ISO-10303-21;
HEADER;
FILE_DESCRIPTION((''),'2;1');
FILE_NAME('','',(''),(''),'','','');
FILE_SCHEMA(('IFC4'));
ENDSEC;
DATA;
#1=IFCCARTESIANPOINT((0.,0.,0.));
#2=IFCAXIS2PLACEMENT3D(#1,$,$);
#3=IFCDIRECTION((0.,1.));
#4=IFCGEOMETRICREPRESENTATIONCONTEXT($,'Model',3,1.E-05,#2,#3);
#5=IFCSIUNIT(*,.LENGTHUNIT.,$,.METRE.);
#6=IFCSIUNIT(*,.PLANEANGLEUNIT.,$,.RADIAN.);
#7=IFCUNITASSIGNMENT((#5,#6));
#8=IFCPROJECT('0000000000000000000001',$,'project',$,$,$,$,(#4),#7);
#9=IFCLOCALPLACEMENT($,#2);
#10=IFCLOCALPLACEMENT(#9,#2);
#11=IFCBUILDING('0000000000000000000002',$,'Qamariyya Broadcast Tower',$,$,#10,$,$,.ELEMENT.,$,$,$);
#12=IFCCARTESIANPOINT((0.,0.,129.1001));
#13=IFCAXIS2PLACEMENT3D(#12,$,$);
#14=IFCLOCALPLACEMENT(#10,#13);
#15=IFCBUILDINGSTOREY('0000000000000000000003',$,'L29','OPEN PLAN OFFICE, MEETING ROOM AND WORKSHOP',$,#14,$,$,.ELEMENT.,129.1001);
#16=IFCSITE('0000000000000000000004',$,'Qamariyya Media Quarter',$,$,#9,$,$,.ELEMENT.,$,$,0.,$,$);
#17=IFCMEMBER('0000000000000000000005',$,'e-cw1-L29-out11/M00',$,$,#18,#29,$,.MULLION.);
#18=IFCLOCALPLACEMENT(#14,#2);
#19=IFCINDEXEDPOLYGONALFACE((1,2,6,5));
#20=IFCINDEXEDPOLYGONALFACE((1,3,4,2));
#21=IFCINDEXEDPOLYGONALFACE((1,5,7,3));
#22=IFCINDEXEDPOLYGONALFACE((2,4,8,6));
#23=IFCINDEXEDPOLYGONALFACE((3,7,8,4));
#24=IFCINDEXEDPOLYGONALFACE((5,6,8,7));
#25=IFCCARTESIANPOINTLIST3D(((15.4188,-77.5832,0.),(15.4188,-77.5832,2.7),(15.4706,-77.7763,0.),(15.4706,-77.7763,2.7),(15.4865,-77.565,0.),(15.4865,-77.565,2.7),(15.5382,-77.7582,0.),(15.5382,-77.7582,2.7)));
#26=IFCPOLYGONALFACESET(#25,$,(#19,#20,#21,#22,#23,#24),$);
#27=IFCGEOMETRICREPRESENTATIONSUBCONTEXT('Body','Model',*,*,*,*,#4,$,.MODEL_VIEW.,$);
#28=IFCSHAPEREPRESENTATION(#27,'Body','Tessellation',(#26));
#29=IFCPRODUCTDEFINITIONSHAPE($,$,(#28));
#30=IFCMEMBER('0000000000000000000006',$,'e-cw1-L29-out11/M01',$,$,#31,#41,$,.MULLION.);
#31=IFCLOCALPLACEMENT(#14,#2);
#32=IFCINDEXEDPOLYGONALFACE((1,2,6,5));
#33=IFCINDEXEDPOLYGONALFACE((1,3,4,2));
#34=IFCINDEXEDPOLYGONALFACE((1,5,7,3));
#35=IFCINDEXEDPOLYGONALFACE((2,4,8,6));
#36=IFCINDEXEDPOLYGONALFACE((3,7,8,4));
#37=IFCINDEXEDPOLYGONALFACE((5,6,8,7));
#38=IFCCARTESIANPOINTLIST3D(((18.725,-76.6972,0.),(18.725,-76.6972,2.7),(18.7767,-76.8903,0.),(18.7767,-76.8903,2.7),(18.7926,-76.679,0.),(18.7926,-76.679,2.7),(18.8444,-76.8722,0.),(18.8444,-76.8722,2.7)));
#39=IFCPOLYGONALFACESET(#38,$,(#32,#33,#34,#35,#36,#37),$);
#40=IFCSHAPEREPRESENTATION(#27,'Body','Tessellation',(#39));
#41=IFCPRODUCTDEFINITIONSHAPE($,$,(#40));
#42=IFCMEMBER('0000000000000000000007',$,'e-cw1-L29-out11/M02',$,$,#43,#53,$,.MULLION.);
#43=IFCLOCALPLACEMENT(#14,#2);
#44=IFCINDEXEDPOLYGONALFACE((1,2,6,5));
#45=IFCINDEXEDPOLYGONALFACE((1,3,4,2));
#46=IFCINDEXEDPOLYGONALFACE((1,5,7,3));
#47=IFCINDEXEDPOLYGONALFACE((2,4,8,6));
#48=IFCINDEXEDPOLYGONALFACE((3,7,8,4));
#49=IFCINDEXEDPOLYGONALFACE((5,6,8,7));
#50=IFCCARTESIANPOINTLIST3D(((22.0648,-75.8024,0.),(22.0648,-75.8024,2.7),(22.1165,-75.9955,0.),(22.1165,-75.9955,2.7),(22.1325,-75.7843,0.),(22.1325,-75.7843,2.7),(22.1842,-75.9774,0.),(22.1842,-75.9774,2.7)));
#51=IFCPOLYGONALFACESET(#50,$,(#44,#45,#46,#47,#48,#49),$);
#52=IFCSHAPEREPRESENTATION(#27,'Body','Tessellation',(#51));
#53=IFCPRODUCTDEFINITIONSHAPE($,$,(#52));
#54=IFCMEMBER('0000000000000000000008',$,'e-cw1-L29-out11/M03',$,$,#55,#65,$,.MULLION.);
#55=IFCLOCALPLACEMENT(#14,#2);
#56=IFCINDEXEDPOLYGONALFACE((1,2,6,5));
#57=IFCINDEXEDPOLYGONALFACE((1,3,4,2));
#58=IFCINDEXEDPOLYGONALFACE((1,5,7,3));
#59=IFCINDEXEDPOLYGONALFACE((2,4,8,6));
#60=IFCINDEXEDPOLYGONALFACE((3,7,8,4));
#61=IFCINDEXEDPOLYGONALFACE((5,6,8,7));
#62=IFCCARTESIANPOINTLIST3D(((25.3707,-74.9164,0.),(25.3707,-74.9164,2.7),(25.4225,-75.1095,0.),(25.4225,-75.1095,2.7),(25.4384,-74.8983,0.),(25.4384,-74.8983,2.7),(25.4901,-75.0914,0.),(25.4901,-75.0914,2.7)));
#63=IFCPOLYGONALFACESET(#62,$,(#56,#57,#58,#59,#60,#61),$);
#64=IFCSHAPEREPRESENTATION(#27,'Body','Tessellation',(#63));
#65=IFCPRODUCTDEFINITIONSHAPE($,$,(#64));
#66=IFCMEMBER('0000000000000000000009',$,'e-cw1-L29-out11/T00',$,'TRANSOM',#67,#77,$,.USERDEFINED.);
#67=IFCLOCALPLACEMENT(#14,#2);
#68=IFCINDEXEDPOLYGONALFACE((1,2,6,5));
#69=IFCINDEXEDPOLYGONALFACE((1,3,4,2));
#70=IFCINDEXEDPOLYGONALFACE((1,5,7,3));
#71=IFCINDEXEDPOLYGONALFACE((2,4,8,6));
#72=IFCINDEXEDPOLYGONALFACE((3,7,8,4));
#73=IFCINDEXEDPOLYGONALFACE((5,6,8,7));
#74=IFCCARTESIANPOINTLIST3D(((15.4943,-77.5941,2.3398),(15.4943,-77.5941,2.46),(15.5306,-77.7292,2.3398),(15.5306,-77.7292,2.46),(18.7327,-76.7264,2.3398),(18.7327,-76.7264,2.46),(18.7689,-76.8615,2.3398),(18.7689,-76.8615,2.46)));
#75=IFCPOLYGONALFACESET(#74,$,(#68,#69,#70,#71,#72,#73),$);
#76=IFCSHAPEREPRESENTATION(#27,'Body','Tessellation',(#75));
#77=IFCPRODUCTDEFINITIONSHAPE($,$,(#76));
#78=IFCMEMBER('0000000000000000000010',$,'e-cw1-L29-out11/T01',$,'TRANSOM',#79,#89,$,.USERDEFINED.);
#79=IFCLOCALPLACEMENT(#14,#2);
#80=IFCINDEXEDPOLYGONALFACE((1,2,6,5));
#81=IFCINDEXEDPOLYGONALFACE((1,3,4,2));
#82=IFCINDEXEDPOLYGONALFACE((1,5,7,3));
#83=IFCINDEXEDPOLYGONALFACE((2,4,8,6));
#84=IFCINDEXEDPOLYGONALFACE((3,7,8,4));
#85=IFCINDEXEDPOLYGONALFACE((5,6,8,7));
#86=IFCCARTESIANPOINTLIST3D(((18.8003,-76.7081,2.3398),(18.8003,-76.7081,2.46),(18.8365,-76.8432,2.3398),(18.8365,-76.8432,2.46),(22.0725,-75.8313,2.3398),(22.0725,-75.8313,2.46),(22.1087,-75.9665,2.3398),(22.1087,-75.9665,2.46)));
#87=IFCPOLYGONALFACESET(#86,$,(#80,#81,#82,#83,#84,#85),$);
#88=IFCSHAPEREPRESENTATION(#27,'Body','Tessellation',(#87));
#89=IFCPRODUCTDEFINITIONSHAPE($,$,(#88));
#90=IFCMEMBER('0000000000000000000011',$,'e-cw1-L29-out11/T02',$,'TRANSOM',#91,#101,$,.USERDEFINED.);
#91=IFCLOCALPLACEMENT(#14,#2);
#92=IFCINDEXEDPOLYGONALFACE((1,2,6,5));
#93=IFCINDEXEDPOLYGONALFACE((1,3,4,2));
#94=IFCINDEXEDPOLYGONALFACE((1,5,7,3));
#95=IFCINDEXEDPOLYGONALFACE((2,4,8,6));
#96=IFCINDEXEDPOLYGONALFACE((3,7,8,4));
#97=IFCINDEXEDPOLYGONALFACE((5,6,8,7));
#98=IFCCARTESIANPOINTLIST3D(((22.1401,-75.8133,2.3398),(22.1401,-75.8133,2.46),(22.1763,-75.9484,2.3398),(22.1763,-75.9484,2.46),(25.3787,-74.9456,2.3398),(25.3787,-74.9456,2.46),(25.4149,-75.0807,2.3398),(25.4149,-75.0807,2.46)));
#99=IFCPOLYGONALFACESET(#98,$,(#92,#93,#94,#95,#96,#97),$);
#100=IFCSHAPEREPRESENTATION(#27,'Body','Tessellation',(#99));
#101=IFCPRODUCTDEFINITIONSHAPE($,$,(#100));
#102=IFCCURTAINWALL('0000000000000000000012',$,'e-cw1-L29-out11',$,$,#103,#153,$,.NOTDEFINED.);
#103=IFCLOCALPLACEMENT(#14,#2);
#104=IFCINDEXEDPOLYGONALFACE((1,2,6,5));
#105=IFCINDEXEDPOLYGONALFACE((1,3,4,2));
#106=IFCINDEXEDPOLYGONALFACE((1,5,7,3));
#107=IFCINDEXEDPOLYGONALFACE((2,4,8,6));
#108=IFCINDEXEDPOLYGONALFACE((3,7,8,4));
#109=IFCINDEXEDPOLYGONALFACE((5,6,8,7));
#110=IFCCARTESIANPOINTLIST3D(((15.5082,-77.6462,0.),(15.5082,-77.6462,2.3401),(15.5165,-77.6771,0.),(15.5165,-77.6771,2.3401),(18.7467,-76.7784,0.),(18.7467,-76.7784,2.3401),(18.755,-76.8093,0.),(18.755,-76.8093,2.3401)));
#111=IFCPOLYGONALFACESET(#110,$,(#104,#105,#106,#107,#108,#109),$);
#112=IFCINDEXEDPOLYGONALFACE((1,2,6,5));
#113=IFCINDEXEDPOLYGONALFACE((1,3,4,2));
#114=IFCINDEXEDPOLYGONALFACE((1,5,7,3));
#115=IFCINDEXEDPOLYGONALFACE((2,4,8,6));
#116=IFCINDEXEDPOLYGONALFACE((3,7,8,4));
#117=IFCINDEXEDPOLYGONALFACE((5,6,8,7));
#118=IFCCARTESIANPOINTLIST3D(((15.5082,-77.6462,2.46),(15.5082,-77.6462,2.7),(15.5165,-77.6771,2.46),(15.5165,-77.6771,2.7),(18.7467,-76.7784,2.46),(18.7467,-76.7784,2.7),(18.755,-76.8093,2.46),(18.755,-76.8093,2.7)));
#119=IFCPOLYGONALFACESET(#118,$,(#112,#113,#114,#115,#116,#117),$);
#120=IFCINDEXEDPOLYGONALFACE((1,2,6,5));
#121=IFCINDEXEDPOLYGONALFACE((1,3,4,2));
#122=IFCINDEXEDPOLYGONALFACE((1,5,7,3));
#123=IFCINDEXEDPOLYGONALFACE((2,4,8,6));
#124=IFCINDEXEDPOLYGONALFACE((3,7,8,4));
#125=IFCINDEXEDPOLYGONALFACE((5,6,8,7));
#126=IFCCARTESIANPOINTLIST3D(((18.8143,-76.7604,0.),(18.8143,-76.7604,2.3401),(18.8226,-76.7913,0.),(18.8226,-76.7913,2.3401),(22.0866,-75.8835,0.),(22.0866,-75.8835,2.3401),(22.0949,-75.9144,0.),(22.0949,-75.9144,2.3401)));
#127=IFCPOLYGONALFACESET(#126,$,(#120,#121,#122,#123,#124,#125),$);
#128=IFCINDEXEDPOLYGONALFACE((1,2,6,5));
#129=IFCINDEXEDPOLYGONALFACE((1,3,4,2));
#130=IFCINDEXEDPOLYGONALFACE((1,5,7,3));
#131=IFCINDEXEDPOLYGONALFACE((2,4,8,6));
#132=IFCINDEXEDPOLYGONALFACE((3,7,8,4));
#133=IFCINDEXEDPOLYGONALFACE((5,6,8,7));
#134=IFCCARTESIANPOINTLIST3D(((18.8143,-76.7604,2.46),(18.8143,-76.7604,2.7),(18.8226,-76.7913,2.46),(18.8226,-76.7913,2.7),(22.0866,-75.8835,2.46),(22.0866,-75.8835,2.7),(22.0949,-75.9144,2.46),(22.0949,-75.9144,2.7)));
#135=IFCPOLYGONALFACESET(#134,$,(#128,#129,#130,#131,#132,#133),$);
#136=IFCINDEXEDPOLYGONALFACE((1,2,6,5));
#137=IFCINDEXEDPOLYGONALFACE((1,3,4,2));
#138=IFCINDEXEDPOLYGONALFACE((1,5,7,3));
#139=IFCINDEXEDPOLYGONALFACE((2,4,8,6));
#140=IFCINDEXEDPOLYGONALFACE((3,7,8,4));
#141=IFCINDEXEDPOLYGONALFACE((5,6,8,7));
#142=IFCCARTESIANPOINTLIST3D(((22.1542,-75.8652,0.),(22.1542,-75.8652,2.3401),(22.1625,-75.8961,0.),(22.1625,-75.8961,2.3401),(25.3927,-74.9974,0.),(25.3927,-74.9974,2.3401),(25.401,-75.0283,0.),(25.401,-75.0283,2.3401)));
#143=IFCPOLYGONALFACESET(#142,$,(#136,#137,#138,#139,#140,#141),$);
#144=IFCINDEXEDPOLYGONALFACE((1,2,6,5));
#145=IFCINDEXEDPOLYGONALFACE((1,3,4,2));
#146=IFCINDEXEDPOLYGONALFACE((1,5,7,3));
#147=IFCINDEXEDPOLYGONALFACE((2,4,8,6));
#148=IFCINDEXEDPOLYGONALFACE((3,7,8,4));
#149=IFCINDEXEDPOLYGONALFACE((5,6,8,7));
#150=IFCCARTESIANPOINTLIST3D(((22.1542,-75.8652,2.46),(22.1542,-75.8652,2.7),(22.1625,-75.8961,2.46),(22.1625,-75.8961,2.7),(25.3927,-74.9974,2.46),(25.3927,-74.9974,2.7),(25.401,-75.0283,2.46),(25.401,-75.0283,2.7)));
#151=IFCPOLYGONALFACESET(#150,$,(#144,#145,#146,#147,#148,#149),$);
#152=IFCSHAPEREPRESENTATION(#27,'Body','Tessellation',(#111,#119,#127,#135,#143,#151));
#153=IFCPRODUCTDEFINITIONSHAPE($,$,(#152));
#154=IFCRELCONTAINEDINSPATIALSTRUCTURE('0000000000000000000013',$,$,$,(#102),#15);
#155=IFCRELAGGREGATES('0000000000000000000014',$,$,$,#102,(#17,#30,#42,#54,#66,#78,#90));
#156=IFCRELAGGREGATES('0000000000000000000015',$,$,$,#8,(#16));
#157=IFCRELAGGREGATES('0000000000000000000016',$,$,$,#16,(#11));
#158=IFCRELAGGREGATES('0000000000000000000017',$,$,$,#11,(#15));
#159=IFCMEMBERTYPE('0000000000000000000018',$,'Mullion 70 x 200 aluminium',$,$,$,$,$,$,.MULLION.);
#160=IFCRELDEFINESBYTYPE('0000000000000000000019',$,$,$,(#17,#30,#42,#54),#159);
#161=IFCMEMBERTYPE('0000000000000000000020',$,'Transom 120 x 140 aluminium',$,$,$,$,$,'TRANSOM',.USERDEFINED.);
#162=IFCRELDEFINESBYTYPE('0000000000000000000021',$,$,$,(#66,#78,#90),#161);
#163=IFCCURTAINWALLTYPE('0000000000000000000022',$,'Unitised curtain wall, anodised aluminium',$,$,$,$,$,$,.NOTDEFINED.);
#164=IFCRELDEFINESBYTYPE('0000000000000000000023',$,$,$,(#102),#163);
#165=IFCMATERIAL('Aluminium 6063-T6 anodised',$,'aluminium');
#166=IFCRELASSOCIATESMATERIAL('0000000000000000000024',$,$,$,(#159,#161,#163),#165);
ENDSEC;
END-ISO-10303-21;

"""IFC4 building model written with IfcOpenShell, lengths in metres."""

from ifc_helpers import new_model, si_unit, direction, frame, origin, origin_2d, place, context, subcontext, project, spatial, rectangle, extrude, material, material_profile, profile_set, type_object, element, aggregate, save


model = new_model("IFC4")

# Units and contexts
model_context = context("Model", 3, precision=1e-05, world=origin(), true_north=direction((0.0, 1.0)))
body_context = subcontext(model_context, "Body", "Model", "MODEL_VIEW")
ifc_project = project(units=[si_unit("LENGTHUNIT", "METRE"), si_unit("PLANEANGLEUNIT", "RADIAN")], contexts=[model_context])

# Members
ifc_material = material(Name="Aluminium 6063-T6 anodised", Category="aluminium")
ifc_material_profile_1 = material_profile(ifc_material, rectangle(XDim=0.2, YDim=0.0701, at=origin_2d()))
ifc_profile_set_1 = profile_set([ifc_material_profile_1], Name="Aluminium 6063-T6 anodised")
member_type_1 = type_object("IfcMemberType", Name="Mullion 70 x 200 aluminium", PredefinedType="MULLION", material=ifc_profile_set_1)
site_placement = place(None, origin())
building_placement = place(site_placement, origin())
storey_placement = place(building_placement, frame((0.0, 0.0, 129.1001)))
member_1_placement = place(storey_placement, frame((15.4785, -77.6707, 0.0), z_axis=(0.0, 0.0, 1.0), x_axis=(-0.258819, 0.965926, 0.0)))
member_1 = element("IfcMember", 1, at=member_1_placement, type_object=member_type_1, Name="e-cw1-L29-out11/M00", PredefinedType="MULLION", context=body_context, shape_type="SweptSolid", body=[
    extrude(rectangle(XDim=0.2, YDim=0.0701, at=origin_2d()), origin(), (0.0, 0.0, 1.0), 2.7),
])
member_2_placement = place(storey_placement, frame((18.7847, -76.7847, 0.0), z_axis=(0.0, 0.0, 1.0), x_axis=(-0.258819, 0.965926, 0.0)))
member_2 = element("IfcMember", 2, at=member_2_placement, type_object=member_type_1, Name="e-cw1-L29-out11/M01", PredefinedType="MULLION", context=body_context, shape_type="SweptSolid", body=[
    extrude(rectangle(XDim=0.2, YDim=0.0701, at=origin_2d()), origin(), (0.0, 0.0, 1.0), 2.7),
])
member_3_placement = place(storey_placement, frame((22.1245, -75.8899, 0.0), z_axis=(0.0, 0.0, 1.0), x_axis=(-0.258819, 0.965926, 0.0)))
member_3 = element("IfcMember", 3, at=member_3_placement, type_object=member_type_1, Name="e-cw1-L29-out11/M02", PredefinedType="MULLION", context=body_context, shape_type="SweptSolid", body=[
    extrude(rectangle(XDim=0.2, YDim=0.0701, at=origin_2d()), origin(), (0.0, 0.0, 1.0), 2.7),
])
member_4_placement = place(storey_placement, frame((25.4304, -75.0039, 0.0), z_axis=(0.0, 0.0, 1.0), x_axis=(-0.258819, 0.965926, 0.0)))
member_4 = element("IfcMember", 4, at=member_4_placement, type_object=member_type_1, Name="e-cw1-L29-out11/M03", PredefinedType="MULLION", context=body_context, shape_type="SweptSolid", body=[
    extrude(rectangle(XDim=0.2, YDim=0.0701, at=origin_2d()), origin(), (0.0, 0.0, 1.0), 2.7),
])
ifc_material_profile_2 = material_profile(ifc_material, rectangle(XDim=0.1399, YDim=0.1201, at=origin_2d()))
ifc_profile_set_2 = profile_set([ifc_material_profile_2], Name="Aluminium 6063-T6 anodised")
member_type_2 = type_object("IfcMemberType", Name="Transom 120 x 140 aluminium", ElementType="TRANSOM", PredefinedType="USERDEFINED", material=ifc_profile_set_2)
member_5_placement = place(storey_placement, frame((15.5125, -77.6616, 2.3999), z_axis=(0.965927, 0.258814, 0.0), x_axis=(-0.258814, 0.965927, 0.0)))
member_5 = element("IfcMember", 5, at=member_5_placement, type_object=member_type_2, Name="e-cw1-L29-out11/T00", ObjectType="TRANSOM", PredefinedType="USERDEFINED", context=body_context, shape_type="SweptSolid", body=[
    extrude(rectangle(XDim=0.1399, YDim=0.1201, at=origin_2d()), origin(), (0.0, 0.0, 1.0), 3.3525),
])
member_6_placement = place(storey_placement, frame((18.8184, -76.7756, 2.3999), z_axis=(0.965932, 0.258797, 0.0), x_axis=(-0.258797, 0.965932, 0.0)))
member_6 = element("IfcMember", 6, at=member_6_placement, type_object=member_type_2, Name="e-cw1-L29-out11/T01", ObjectType="TRANSOM", PredefinedType="USERDEFINED", context=body_context, shape_type="SweptSolid", body=[
    extrude(rectangle(XDim=0.1399, YDim=0.1201, at=origin_2d()), origin(), (0.0, 0.0, 1.0), 3.3877),
])
member_7_placement = place(storey_placement, frame((22.1582, -75.8809, 2.3999), z_axis=(0.965932, 0.258796, 0.0), x_axis=(-0.258796, 0.965932, 0.0)))
member_7 = element("IfcMember", 7, at=member_7_placement, type_object=member_type_2, Name="e-cw1-L29-out11/T02", ObjectType="TRANSOM", PredefinedType="USERDEFINED", context=body_context, shape_type="SweptSolid", body=[
    extrude(rectangle(XDim=0.1399, YDim=0.1201, at=origin_2d()), origin(), (0.0, 0.0, 1.0), 3.3528),
])

# Site, building, storey
site = spatial("IfcSite", under=ifc_project, at=site_placement, Name="Qamariyya Media Quarter", CompositionType="ELEMENT", RefElevation=0.0)
building = spatial("IfcBuilding", under=site, at=building_placement, Name="Qamariyya Broadcast Tower", CompositionType="ELEMENT")
storey = spatial("IfcBuildingStorey", under=building, at=storey_placement, Name="L29", Description="OPEN PLAN OFFICE, MEETING ROOM AND WORKSHOP", CompositionType="ELEMENT", Elevation=129.1001)

# Curtain wall
curtain_wall_type = type_object("IfcCurtainWallType", Name="Unitised curtain wall, anodised aluminium", PredefinedType="NOTDEFINED", material=ifc_material)
curtain_wall_1_placement = place(storey_placement, origin())
curtain_wall_1 = element("IfcCurtainWall", 8, at=curtain_wall_1_placement, inside=storey, type_object=curtain_wall_type, Name="e-cw1-L29-out11", PredefinedType="NOTDEFINED", context=body_context, shape_type="SweptSolid", body=[
    extrude(rectangle(XDim=3.3528, YDim=0.032, at=origin_2d()), frame((17.1316, -77.2278, 0.0), x_axis=(0.965924, 0.258827, 0.0)), (0.0, 0.0, 1.0), 2.3401),
    extrude(rectangle(XDim=3.3528, YDim=0.032, at=origin_2d()), frame((17.1316, -77.2278, 2.46), x_axis=(0.965924, 0.258827, 0.0)), (0.0, 0.0, 1.0), 0.24),
    extrude(rectangle(XDim=3.3877, YDim=0.032, at=origin_2d()), frame((20.4546, -76.3374, 0.0), x_axis=(0.965924, 0.258827, 0.0)), (0.0, 0.0, 1.0), 2.3401),
    extrude(rectangle(XDim=3.3877, YDim=0.032, at=origin_2d()), frame((20.4546, -76.3374, 2.46), x_axis=(0.965924, 0.258827, 0.0)), (0.0, 0.0, 1.0), 0.24),
    extrude(rectangle(XDim=3.3528, YDim=0.032, at=origin_2d()), frame((23.7776, -75.4468, 0.0), x_axis=(0.965924, 0.258827, 0.0)), (0.0, 0.0, 1.0), 2.3401),
    extrude(rectangle(XDim=3.3528, YDim=0.032, at=origin_2d()), frame((23.7776, -75.4468, 2.46), x_axis=(0.965924, 0.258827, 0.0)), (0.0, 0.0, 1.0), 0.24),
])
aggregate(curtain_wall_1, [member_1, member_2, member_3, member_4, member_5, member_6, member_7])

save(model, "model.ifc")
